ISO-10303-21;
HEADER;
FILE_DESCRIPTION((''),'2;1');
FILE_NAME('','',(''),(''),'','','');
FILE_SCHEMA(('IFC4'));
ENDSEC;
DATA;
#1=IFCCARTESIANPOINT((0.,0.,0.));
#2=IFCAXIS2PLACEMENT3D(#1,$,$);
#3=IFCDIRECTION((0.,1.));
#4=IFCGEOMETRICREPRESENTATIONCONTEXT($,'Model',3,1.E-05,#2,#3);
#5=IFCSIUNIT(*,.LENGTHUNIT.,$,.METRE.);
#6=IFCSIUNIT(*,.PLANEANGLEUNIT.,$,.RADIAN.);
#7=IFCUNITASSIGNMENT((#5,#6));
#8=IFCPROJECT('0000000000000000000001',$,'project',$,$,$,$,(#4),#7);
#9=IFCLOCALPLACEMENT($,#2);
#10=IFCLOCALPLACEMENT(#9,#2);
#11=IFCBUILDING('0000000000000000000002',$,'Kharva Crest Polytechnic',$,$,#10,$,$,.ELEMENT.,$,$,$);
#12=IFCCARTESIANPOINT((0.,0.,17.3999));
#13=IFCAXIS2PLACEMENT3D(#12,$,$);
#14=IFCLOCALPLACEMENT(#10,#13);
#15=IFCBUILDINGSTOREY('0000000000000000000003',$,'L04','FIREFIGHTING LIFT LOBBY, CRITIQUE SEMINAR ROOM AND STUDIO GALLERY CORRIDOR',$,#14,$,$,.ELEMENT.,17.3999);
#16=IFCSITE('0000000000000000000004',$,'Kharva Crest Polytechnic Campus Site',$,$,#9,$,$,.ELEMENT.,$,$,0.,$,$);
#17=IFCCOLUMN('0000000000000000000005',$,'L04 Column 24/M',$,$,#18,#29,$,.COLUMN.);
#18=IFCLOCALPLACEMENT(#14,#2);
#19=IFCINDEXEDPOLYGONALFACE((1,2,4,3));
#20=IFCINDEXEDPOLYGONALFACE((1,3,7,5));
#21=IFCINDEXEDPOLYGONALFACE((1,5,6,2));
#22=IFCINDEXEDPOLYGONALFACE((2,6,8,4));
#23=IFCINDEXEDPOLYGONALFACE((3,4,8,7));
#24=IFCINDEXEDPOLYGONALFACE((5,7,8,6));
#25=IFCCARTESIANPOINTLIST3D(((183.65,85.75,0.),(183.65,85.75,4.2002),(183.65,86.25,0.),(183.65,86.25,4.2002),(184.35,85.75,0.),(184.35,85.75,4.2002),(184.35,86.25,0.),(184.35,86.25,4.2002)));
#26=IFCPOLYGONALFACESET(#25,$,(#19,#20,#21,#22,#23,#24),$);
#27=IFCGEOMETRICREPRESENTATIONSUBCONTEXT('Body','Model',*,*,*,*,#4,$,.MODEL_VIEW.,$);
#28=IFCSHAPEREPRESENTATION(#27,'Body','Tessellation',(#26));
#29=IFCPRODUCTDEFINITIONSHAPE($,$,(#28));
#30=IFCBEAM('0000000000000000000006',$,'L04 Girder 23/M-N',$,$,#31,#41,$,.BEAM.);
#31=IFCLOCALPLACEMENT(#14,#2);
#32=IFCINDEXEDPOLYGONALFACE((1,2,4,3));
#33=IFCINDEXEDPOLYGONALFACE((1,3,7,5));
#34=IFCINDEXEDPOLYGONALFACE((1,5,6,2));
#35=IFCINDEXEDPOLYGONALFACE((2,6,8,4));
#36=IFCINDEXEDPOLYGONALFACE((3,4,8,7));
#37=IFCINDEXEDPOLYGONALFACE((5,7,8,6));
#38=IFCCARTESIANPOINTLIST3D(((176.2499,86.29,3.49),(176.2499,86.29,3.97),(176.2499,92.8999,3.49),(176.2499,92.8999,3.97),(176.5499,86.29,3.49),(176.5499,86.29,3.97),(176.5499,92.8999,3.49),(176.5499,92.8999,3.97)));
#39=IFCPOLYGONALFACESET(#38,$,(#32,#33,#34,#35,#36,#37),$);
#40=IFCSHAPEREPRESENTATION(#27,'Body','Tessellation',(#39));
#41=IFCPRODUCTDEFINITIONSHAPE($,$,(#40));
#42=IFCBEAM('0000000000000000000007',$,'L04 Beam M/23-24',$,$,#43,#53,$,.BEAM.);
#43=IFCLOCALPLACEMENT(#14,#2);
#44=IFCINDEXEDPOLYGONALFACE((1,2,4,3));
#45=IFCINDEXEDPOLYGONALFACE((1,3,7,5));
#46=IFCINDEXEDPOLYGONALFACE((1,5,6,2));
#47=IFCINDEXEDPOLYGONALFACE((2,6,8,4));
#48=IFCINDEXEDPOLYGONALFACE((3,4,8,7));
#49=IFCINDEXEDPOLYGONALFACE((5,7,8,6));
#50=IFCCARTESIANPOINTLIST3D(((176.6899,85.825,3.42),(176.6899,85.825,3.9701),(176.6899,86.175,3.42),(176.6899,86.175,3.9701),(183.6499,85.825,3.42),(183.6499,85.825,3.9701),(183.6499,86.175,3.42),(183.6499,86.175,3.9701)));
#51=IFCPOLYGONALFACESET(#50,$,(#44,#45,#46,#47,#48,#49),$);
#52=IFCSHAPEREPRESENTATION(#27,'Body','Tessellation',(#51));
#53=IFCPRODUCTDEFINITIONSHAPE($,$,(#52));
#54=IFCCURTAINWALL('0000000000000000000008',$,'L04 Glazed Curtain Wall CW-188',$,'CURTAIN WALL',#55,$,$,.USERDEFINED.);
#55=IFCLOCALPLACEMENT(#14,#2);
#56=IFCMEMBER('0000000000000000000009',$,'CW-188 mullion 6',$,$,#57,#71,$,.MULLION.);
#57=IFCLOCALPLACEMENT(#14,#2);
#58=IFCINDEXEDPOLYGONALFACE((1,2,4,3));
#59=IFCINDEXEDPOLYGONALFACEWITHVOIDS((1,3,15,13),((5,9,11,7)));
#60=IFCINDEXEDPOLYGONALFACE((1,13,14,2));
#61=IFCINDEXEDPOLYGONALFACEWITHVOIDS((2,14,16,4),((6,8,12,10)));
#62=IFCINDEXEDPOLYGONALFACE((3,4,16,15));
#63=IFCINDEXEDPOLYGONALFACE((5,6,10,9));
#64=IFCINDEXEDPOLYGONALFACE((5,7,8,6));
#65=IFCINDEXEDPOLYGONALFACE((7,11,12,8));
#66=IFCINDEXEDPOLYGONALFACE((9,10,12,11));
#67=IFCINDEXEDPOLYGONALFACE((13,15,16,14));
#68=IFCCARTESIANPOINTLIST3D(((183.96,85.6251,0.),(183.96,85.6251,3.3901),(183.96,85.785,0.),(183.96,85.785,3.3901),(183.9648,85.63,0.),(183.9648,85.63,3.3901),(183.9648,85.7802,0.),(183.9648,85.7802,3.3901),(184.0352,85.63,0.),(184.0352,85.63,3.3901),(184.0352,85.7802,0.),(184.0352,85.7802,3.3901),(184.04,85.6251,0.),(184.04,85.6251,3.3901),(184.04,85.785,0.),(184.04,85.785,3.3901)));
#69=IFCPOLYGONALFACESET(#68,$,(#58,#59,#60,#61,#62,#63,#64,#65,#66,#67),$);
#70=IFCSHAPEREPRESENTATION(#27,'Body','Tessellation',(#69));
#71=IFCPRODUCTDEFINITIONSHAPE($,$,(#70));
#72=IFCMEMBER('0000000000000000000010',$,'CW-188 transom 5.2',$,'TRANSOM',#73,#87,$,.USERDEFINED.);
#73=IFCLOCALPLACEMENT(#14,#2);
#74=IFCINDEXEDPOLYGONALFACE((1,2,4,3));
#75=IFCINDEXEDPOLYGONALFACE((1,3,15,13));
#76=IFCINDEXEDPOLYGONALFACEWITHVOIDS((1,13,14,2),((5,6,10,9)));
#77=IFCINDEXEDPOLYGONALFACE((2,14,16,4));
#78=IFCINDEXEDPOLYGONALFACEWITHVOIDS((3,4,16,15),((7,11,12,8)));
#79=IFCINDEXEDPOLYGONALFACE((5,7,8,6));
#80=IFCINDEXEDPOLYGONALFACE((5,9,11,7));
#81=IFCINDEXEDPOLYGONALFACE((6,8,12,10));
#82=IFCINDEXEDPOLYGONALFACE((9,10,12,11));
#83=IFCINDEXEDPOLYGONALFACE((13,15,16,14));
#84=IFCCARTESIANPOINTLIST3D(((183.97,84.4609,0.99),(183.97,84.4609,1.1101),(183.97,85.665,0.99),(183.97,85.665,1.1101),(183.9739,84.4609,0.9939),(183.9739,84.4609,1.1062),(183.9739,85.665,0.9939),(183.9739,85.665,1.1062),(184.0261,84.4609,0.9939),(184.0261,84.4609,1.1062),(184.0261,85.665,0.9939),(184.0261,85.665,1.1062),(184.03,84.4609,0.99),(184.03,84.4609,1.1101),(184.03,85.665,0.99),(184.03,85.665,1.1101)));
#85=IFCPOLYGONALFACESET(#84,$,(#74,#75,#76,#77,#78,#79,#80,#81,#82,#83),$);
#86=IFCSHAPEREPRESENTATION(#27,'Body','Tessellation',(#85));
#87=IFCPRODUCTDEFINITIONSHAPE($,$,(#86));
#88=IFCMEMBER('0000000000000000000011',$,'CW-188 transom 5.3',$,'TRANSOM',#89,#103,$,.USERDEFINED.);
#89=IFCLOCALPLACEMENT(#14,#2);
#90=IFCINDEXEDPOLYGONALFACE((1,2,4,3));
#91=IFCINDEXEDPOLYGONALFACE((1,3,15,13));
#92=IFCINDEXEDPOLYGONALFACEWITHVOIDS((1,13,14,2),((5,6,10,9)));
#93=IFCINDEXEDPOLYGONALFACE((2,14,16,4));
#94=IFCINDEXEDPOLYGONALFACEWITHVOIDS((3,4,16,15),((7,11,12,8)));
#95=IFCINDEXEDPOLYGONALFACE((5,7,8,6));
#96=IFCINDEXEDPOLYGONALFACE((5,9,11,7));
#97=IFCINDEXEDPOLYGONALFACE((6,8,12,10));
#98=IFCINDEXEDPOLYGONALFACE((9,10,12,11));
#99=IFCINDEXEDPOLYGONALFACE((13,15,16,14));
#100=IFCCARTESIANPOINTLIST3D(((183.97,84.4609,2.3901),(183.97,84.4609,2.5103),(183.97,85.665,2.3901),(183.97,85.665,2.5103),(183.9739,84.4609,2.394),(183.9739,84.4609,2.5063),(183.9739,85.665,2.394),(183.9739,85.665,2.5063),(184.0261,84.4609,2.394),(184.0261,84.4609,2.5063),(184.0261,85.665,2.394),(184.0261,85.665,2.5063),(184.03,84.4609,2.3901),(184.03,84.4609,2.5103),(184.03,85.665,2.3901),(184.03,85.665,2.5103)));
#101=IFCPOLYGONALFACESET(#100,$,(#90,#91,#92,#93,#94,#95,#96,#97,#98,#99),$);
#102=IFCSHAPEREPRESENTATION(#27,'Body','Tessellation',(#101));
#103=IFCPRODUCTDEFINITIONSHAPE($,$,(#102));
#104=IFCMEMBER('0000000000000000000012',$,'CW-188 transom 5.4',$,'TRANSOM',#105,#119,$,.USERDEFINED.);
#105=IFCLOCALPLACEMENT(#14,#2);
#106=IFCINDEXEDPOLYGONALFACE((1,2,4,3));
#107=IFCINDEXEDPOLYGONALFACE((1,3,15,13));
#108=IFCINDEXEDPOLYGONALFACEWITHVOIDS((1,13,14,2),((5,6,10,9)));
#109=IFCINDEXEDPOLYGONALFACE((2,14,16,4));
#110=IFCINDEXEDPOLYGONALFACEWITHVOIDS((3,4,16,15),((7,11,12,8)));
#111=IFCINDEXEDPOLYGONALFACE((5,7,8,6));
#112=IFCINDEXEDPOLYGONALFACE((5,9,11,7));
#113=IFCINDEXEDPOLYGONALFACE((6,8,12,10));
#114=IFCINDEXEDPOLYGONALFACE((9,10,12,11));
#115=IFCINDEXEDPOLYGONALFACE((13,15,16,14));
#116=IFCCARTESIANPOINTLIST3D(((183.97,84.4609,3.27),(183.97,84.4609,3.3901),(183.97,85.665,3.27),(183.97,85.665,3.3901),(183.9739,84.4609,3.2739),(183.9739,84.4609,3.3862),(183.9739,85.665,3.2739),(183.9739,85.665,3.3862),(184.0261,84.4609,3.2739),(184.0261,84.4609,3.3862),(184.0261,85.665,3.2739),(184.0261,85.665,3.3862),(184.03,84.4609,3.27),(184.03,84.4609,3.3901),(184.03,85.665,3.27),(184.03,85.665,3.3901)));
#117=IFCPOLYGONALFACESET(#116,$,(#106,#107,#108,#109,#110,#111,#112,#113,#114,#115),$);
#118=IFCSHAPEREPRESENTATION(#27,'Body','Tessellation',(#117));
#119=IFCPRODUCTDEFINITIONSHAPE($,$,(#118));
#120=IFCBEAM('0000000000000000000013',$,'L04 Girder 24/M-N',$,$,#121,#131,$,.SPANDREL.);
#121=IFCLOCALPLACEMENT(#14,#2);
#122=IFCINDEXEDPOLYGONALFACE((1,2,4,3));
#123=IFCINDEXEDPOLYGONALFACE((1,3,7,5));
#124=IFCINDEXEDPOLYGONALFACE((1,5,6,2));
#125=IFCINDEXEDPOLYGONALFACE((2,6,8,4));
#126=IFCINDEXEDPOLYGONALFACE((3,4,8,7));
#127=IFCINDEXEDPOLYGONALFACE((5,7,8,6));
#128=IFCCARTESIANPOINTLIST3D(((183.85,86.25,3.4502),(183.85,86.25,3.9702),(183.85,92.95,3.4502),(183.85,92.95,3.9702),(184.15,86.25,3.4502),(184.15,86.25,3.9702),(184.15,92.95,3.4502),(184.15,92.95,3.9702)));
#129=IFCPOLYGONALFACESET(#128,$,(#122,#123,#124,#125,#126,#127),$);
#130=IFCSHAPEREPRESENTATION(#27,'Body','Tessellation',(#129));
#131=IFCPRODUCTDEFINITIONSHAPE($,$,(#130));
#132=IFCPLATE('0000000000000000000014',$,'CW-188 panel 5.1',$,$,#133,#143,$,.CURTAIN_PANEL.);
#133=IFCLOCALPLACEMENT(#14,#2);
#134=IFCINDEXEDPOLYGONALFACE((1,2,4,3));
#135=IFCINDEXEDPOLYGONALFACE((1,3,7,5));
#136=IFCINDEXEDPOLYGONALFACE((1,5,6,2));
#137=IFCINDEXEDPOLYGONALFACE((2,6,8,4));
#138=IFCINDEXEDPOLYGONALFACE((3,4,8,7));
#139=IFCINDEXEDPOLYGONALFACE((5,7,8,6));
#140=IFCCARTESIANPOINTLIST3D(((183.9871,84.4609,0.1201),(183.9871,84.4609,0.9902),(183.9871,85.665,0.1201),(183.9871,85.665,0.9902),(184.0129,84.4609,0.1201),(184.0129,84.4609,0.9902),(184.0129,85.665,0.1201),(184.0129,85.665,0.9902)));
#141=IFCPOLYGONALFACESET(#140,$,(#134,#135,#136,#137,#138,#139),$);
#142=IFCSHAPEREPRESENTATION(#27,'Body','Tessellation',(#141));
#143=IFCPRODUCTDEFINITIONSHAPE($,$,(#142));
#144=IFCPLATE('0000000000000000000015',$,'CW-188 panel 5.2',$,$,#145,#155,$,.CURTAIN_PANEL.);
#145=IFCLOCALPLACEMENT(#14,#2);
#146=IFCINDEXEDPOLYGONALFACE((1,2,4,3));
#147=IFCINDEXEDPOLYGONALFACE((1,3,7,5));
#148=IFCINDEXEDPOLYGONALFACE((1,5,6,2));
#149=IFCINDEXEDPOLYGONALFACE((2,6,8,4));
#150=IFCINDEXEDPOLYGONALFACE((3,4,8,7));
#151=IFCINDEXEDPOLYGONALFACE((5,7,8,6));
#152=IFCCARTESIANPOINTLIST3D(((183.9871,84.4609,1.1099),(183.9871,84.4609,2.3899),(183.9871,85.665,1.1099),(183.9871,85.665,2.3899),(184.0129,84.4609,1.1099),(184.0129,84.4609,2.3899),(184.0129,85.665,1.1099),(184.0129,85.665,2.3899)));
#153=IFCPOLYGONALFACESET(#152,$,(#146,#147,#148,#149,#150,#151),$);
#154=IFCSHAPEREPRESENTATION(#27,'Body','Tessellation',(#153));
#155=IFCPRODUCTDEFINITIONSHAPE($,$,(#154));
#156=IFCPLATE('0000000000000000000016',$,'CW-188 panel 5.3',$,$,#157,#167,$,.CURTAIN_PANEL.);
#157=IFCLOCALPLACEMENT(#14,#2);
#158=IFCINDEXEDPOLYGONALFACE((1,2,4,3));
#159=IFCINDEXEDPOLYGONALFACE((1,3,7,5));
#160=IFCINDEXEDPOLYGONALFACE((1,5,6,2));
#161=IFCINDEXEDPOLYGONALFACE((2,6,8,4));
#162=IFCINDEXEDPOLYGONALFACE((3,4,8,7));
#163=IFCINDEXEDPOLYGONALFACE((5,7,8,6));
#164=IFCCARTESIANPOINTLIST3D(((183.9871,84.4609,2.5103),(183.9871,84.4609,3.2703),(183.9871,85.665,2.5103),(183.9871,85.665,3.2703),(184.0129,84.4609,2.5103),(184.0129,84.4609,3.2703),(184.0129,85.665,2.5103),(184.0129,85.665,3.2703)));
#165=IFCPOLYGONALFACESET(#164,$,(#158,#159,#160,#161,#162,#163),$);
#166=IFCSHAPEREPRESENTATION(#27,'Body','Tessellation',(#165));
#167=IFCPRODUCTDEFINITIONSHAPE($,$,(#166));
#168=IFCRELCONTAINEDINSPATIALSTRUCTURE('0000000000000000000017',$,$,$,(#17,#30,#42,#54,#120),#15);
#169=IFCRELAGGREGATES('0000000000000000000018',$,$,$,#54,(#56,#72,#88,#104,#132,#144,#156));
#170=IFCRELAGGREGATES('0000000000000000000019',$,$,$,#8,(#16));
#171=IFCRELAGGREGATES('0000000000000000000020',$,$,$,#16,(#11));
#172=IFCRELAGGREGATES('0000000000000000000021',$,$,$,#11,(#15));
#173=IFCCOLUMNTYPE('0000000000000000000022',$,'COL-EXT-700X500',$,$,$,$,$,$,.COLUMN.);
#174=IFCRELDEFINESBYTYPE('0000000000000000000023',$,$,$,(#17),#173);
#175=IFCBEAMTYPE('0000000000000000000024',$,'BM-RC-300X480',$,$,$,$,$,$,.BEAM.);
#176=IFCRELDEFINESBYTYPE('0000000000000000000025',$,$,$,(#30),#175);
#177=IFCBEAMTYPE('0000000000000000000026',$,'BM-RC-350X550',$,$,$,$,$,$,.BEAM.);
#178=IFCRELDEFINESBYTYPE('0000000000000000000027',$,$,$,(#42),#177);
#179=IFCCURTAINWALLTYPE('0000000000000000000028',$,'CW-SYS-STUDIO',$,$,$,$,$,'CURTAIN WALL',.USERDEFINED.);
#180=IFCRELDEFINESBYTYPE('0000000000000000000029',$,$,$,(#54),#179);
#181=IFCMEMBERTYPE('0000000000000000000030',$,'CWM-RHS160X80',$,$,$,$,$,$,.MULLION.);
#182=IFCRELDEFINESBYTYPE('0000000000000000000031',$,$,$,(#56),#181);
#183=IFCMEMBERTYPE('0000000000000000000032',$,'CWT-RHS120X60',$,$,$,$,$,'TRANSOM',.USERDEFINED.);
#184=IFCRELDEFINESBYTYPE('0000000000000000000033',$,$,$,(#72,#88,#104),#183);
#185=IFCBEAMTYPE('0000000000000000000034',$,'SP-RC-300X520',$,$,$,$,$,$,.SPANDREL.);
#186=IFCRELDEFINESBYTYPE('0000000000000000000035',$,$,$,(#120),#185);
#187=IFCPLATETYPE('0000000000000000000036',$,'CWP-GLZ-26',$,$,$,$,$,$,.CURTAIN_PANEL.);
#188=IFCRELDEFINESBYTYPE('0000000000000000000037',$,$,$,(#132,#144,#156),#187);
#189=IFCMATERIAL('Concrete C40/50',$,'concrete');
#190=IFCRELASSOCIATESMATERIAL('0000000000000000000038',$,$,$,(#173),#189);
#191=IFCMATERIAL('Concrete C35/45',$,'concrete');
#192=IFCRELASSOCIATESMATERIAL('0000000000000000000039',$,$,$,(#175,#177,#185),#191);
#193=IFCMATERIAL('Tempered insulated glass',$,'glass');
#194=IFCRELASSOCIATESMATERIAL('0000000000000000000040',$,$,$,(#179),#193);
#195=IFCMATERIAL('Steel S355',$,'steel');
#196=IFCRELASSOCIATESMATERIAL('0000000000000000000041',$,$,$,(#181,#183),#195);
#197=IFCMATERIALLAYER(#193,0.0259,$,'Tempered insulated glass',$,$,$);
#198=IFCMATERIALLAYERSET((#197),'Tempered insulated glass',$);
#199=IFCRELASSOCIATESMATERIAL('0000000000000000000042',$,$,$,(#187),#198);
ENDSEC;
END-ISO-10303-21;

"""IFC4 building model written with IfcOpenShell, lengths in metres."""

from ifc_helpers import new_model, si_unit, direction, frame, origin, origin_2d, place, context, subcontext, project, spatial, rectangle, hollow_rectangle, extrude, material, layer, layer_set, material_profile, profile_set, type_object, element, aggregate, save


model = new_model("IFC4")

# Units and contexts
model_context = context("Model", 3, precision=1e-05, world=origin(), true_north=direction((0.0, 1.0)))
body_context = subcontext(model_context, "Body", "Model", "MODEL_VIEW")
ifc_project = project(units=[si_unit("LENGTHUNIT", "METRE"), si_unit("PLANEANGLEUNIT", "RADIAN")], contexts=[model_context])

# Site, building, storey
site_placement = place(None, origin())
site = spatial("IfcSite", under=ifc_project, at=site_placement, Name="Kharva Crest Polytechnic Campus Site", CompositionType="ELEMENT", RefElevation=0.0)
building_placement = place(site_placement, origin())
building = spatial("IfcBuilding", under=site, at=building_placement, Name="Kharva Crest Polytechnic", CompositionType="ELEMENT")
storey_placement = place(building_placement, frame((0.0, 0.0, 17.3999)))
storey = spatial("IfcBuildingStorey", under=building, at=storey_placement, Name="L04", Description="FIREFIGHTING LIFT LOBBY, CRITIQUE SEMINAR ROOM AND STUDIO GALLERY CORRIDOR", CompositionType="ELEMENT", Elevation=17.3999)

# Column
ifc_material_1 = material(Name="Concrete C40/50", Category="concrete")
ifc_material_profile_1 = material_profile(ifc_material_1, rectangle(XDim=0.7, YDim=0.5, at=origin_2d()), Name="RECT 700 X 500")
ifc_profile_set_1 = profile_set([ifc_material_profile_1], Name="Concrete C40/50")
column_type = type_object("IfcColumnType", Name="COL-EXT-700X500", PredefinedType="COLUMN", material=ifc_profile_set_1)
column_placement = place(storey_placement, frame((184.0, 86.0, 0.0), z_axis=(0.0, 0.0, 1.0), x_axis=(1.0, 0.0, 0.0)))
element("IfcColumn", 1, at=column_placement, inside=storey, type_object=column_type, Name="L04 Column 24/M", PredefinedType="COLUMN", context=body_context, shape_type="SweptSolid", body=[
    extrude(rectangle(XDim=0.7, YDim=0.5, at=origin_2d()), origin(), (0.0, 0.0, 1.0), 4.2002),
])

# Beams
ifc_material_2 = material(Name="Concrete C35/45", Category="concrete")
ifc_material_profile_2 = material_profile(ifc_material_2, rectangle(XDim=0.3, YDim=0.48, at=origin_2d()), Name="RECT 300 X 480")
ifc_profile_set_2 = profile_set([ifc_material_profile_2], Name="Concrete C35/45")
beam_type_1 = type_object("IfcBeamType", Name="BM-RC-300X480", PredefinedType="BEAM", material=ifc_profile_set_2)
beam_1_placement = place(storey_placement, frame((176.3999, 86.29, 3.73), z_axis=(0.0, 1.0, 0.0), x_axis=(-1.0, 0.0, 0.0)))
element("IfcBeam", 2, at=beam_1_placement, inside=storey, type_object=beam_type_1, Name="L04 Girder 23/M-N", PredefinedType="BEAM", context=body_context, shape_type="SweptSolid", body=[
    extrude(rectangle(XDim=0.3, YDim=0.48, at=origin_2d()), origin(), (0.0, 0.0, 1.0), 6.6099),
])
ifc_material_profile_3 = material_profile(ifc_material_2, rectangle(XDim=0.3501, YDim=0.55, at=origin_2d()), Name="RECT 350 X 550")
ifc_profile_set_3 = profile_set([ifc_material_profile_3], Name="Concrete C35/45")
beam_type_2 = type_object("IfcBeamType", Name="BM-RC-350X550", PredefinedType="BEAM", material=ifc_profile_set_3)
beam_2_placement = place(storey_placement, frame((176.6899, 86.0, 3.6951), z_axis=(1.0, 0.0, 0.0), x_axis=(0.0, 1.0, 0.0)))
element("IfcBeam", 3, at=beam_2_placement, inside=storey, type_object=beam_type_2, Name="L04 Beam M/23-24", PredefinedType="BEAM", context=body_context, shape_type="SweptSolid", body=[
    extrude(rectangle(XDim=0.3501, YDim=0.55, at=origin_2d()), origin(), (0.0, 0.0, 1.0), 6.96),
])

# Curtain wall, members
ifc_material_3 = material(Name="Tempered insulated glass", Category="glass")
curtain_wall_type = type_object("IfcCurtainWallType", Name="CW-SYS-STUDIO", ElementType="CURTAIN WALL", PredefinedType="USERDEFINED", material=ifc_material_3)
curtain_wall_placement = place(storey_placement, origin())
curtain_wall = element("IfcCurtainWall", 4, at=curtain_wall_placement, inside=storey, type_object=curtain_wall_type, Name="L04 Glazed Curtain Wall CW-188", ObjectType="CURTAIN WALL", PredefinedType="USERDEFINED")
ifc_material_4 = material(Name="Steel S355", Category="steel")
ifc_material_profile_4 = material_profile(ifc_material_4, hollow_rectangle(XDim=0.0801, YDim=0.1599, WallThickness=0.0049, at=origin_2d()), Name="RHS 160X80X5.0")
ifc_profile_set_4 = profile_set([ifc_material_profile_4], Name="Steel S355")
member_type_1 = type_object("IfcMemberType", Name="CWM-RHS160X80", PredefinedType="MULLION", material=ifc_profile_set_4)
member_1_placement = place(storey_placement, frame((184.0, 85.7051, 0.0), z_axis=(0.0, 0.0, 1.0), x_axis=(-1.0, 0.0, 0.0)))
member_1 = element("IfcMember", 5, at=member_1_placement, type_object=member_type_1, Name="CW-188 mullion 6", PredefinedType="MULLION", context=body_context, shape_type="SweptSolid", body=[
    extrude(hollow_rectangle(XDim=0.0801, YDim=0.1599, WallThickness=0.0049, at=origin_2d()), origin(), (0.0, 0.0, 1.0), 3.3901),
])
ifc_material_profile_5 = material_profile(ifc_material_4, hollow_rectangle(XDim=0.0601, YDim=0.1201, WallThickness=0.0039, at=origin_2d()), Name="RHS 120X60X4.0")
ifc_profile_set_5 = profile_set([ifc_material_profile_5], Name="Steel S355")
member_type_2 = type_object("IfcMemberType", Name="CWT-RHS120X60", ElementType="TRANSOM", PredefinedType="USERDEFINED", material=ifc_profile_set_5)
member_2_placement = place(storey_placement, frame((184.0, 84.4609, 1.05), z_axis=(0.0, 1.0, 0.0), x_axis=(-1.0, 0.0, 0.0)))
member_2 = element("IfcMember", 6, at=member_2_placement, type_object=member_type_2, Name="CW-188 transom 5.2", ObjectType="TRANSOM", PredefinedType="USERDEFINED", context=body_context, shape_type="SweptSolid", body=[
    extrude(hollow_rectangle(XDim=0.0601, YDim=0.1201, WallThickness=0.0039, at=origin_2d()), origin(), (0.0, 0.0, 1.0), 1.2041),
])
member_3_placement = place(storey_placement, frame((184.0, 84.4609, 2.4502), z_axis=(0.0, 1.0, 0.0), x_axis=(-1.0, 0.0, 0.0)))
member_3 = element("IfcMember", 7, at=member_3_placement, type_object=member_type_2, Name="CW-188 transom 5.3", ObjectType="TRANSOM", PredefinedType="USERDEFINED", context=body_context, shape_type="SweptSolid", body=[
    extrude(hollow_rectangle(XDim=0.0601, YDim=0.1201, WallThickness=0.0039, at=origin_2d()), origin(), (0.0, 0.0, 1.0), 1.2041),
])
member_4_placement = place(storey_placement, frame((184.0, 84.4609, 3.3301), z_axis=(0.0, 1.0, 0.0), x_axis=(-1.0, 0.0, 0.0)))
member_4 = element("IfcMember", 8, at=member_4_placement, type_object=member_type_2, Name="CW-188 transom 5.4", ObjectType="TRANSOM", PredefinedType="USERDEFINED", context=body_context, shape_type="SweptSolid", body=[
    extrude(hollow_rectangle(XDim=0.0601, YDim=0.1201, WallThickness=0.0039, at=origin_2d()), origin(), (0.0, 0.0, 1.0), 1.2041),
])

# Beam
ifc_material_profile_6 = material_profile(ifc_material_2, rectangle(XDim=0.3, YDim=0.52, at=origin_2d()), Name="RECT 300 X 520")
ifc_profile_set_6 = profile_set([ifc_material_profile_6], Name="Concrete C35/45")
beam_type_3 = type_object("IfcBeamType", Name="SP-RC-300X520", PredefinedType="SPANDREL", material=ifc_profile_set_6)
beam_3_placement = place(storey_placement, frame((184.0, 86.25, 3.7102), z_axis=(0.0, 1.0, 0.0), x_axis=(-1.0, 0.0, 0.0)))
element("IfcBeam", 9, at=beam_3_placement, inside=storey, type_object=beam_type_3, Name="L04 Girder 24/M-N", PredefinedType="SPANDREL", context=body_context, shape_type="SweptSolid", body=[
    extrude(rectangle(XDim=0.3, YDim=0.52, at=origin_2d()), origin(), (0.0, 0.0, 1.0), 6.7),
])

# Plates
ifc_layer_1 = layer(ifc_material_3, 0.0259, Name="Tempered insulated glass")
ifc_layer_set_1 = layer_set([ifc_layer_1], Name="Tempered insulated glass")
plate_type = type_object("IfcPlateType", Name="CWP-GLZ-26", PredefinedType="CURTAIN_PANEL", material=ifc_layer_set_1)
plate_1_placement = place(storey_placement, frame((184.0, 85.063, 0.1201), z_axis=(0.0, 0.0, 1.0), x_axis=(0.0, 1.0, 0.0)))
plate_1 = element("IfcPlate", 10, at=plate_1_placement, type_object=plate_type, Name="CW-188 panel 5.1", PredefinedType="CURTAIN_PANEL", context=body_context, shape_type="SweptSolid", body=[
    extrude(rectangle(XDim=1.2041, YDim=0.0259, at=origin_2d()), origin(), (0.0, 0.0, 1.0), 0.8701),
])
plate_2_placement = place(storey_placement, frame((184.0, 85.063, 1.1099), z_axis=(0.0, 0.0, 1.0), x_axis=(0.0, 1.0, 0.0)))
plate_2 = element("IfcPlate", 11, at=plate_2_placement, type_object=plate_type, Name="CW-188 panel 5.2", PredefinedType="CURTAIN_PANEL", context=body_context, shape_type="SweptSolid", body=[
    extrude(rectangle(XDim=1.2041, YDim=0.0259, at=origin_2d()), origin(), (0.0, 0.0, 1.0), 1.28),
])
plate_3_placement = place(storey_placement, frame((184.0, 85.063, 2.5103), z_axis=(0.0, 0.0, 1.0), x_axis=(0.0, 1.0, 0.0)))
plate_3 = element("IfcPlate", 12, at=plate_3_placement, type_object=plate_type, Name="CW-188 panel 5.3", PredefinedType="CURTAIN_PANEL", context=body_context, shape_type="SweptSolid", body=[
    extrude(rectangle(XDim=1.2041, YDim=0.0259, at=origin_2d()), origin(), (0.0, 0.0, 1.0), 0.76),
])
aggregate(curtain_wall, [member_1, member_2, member_3, member_4, plate_1, plate_2, plate_3])

save(model, "model.ifc")
